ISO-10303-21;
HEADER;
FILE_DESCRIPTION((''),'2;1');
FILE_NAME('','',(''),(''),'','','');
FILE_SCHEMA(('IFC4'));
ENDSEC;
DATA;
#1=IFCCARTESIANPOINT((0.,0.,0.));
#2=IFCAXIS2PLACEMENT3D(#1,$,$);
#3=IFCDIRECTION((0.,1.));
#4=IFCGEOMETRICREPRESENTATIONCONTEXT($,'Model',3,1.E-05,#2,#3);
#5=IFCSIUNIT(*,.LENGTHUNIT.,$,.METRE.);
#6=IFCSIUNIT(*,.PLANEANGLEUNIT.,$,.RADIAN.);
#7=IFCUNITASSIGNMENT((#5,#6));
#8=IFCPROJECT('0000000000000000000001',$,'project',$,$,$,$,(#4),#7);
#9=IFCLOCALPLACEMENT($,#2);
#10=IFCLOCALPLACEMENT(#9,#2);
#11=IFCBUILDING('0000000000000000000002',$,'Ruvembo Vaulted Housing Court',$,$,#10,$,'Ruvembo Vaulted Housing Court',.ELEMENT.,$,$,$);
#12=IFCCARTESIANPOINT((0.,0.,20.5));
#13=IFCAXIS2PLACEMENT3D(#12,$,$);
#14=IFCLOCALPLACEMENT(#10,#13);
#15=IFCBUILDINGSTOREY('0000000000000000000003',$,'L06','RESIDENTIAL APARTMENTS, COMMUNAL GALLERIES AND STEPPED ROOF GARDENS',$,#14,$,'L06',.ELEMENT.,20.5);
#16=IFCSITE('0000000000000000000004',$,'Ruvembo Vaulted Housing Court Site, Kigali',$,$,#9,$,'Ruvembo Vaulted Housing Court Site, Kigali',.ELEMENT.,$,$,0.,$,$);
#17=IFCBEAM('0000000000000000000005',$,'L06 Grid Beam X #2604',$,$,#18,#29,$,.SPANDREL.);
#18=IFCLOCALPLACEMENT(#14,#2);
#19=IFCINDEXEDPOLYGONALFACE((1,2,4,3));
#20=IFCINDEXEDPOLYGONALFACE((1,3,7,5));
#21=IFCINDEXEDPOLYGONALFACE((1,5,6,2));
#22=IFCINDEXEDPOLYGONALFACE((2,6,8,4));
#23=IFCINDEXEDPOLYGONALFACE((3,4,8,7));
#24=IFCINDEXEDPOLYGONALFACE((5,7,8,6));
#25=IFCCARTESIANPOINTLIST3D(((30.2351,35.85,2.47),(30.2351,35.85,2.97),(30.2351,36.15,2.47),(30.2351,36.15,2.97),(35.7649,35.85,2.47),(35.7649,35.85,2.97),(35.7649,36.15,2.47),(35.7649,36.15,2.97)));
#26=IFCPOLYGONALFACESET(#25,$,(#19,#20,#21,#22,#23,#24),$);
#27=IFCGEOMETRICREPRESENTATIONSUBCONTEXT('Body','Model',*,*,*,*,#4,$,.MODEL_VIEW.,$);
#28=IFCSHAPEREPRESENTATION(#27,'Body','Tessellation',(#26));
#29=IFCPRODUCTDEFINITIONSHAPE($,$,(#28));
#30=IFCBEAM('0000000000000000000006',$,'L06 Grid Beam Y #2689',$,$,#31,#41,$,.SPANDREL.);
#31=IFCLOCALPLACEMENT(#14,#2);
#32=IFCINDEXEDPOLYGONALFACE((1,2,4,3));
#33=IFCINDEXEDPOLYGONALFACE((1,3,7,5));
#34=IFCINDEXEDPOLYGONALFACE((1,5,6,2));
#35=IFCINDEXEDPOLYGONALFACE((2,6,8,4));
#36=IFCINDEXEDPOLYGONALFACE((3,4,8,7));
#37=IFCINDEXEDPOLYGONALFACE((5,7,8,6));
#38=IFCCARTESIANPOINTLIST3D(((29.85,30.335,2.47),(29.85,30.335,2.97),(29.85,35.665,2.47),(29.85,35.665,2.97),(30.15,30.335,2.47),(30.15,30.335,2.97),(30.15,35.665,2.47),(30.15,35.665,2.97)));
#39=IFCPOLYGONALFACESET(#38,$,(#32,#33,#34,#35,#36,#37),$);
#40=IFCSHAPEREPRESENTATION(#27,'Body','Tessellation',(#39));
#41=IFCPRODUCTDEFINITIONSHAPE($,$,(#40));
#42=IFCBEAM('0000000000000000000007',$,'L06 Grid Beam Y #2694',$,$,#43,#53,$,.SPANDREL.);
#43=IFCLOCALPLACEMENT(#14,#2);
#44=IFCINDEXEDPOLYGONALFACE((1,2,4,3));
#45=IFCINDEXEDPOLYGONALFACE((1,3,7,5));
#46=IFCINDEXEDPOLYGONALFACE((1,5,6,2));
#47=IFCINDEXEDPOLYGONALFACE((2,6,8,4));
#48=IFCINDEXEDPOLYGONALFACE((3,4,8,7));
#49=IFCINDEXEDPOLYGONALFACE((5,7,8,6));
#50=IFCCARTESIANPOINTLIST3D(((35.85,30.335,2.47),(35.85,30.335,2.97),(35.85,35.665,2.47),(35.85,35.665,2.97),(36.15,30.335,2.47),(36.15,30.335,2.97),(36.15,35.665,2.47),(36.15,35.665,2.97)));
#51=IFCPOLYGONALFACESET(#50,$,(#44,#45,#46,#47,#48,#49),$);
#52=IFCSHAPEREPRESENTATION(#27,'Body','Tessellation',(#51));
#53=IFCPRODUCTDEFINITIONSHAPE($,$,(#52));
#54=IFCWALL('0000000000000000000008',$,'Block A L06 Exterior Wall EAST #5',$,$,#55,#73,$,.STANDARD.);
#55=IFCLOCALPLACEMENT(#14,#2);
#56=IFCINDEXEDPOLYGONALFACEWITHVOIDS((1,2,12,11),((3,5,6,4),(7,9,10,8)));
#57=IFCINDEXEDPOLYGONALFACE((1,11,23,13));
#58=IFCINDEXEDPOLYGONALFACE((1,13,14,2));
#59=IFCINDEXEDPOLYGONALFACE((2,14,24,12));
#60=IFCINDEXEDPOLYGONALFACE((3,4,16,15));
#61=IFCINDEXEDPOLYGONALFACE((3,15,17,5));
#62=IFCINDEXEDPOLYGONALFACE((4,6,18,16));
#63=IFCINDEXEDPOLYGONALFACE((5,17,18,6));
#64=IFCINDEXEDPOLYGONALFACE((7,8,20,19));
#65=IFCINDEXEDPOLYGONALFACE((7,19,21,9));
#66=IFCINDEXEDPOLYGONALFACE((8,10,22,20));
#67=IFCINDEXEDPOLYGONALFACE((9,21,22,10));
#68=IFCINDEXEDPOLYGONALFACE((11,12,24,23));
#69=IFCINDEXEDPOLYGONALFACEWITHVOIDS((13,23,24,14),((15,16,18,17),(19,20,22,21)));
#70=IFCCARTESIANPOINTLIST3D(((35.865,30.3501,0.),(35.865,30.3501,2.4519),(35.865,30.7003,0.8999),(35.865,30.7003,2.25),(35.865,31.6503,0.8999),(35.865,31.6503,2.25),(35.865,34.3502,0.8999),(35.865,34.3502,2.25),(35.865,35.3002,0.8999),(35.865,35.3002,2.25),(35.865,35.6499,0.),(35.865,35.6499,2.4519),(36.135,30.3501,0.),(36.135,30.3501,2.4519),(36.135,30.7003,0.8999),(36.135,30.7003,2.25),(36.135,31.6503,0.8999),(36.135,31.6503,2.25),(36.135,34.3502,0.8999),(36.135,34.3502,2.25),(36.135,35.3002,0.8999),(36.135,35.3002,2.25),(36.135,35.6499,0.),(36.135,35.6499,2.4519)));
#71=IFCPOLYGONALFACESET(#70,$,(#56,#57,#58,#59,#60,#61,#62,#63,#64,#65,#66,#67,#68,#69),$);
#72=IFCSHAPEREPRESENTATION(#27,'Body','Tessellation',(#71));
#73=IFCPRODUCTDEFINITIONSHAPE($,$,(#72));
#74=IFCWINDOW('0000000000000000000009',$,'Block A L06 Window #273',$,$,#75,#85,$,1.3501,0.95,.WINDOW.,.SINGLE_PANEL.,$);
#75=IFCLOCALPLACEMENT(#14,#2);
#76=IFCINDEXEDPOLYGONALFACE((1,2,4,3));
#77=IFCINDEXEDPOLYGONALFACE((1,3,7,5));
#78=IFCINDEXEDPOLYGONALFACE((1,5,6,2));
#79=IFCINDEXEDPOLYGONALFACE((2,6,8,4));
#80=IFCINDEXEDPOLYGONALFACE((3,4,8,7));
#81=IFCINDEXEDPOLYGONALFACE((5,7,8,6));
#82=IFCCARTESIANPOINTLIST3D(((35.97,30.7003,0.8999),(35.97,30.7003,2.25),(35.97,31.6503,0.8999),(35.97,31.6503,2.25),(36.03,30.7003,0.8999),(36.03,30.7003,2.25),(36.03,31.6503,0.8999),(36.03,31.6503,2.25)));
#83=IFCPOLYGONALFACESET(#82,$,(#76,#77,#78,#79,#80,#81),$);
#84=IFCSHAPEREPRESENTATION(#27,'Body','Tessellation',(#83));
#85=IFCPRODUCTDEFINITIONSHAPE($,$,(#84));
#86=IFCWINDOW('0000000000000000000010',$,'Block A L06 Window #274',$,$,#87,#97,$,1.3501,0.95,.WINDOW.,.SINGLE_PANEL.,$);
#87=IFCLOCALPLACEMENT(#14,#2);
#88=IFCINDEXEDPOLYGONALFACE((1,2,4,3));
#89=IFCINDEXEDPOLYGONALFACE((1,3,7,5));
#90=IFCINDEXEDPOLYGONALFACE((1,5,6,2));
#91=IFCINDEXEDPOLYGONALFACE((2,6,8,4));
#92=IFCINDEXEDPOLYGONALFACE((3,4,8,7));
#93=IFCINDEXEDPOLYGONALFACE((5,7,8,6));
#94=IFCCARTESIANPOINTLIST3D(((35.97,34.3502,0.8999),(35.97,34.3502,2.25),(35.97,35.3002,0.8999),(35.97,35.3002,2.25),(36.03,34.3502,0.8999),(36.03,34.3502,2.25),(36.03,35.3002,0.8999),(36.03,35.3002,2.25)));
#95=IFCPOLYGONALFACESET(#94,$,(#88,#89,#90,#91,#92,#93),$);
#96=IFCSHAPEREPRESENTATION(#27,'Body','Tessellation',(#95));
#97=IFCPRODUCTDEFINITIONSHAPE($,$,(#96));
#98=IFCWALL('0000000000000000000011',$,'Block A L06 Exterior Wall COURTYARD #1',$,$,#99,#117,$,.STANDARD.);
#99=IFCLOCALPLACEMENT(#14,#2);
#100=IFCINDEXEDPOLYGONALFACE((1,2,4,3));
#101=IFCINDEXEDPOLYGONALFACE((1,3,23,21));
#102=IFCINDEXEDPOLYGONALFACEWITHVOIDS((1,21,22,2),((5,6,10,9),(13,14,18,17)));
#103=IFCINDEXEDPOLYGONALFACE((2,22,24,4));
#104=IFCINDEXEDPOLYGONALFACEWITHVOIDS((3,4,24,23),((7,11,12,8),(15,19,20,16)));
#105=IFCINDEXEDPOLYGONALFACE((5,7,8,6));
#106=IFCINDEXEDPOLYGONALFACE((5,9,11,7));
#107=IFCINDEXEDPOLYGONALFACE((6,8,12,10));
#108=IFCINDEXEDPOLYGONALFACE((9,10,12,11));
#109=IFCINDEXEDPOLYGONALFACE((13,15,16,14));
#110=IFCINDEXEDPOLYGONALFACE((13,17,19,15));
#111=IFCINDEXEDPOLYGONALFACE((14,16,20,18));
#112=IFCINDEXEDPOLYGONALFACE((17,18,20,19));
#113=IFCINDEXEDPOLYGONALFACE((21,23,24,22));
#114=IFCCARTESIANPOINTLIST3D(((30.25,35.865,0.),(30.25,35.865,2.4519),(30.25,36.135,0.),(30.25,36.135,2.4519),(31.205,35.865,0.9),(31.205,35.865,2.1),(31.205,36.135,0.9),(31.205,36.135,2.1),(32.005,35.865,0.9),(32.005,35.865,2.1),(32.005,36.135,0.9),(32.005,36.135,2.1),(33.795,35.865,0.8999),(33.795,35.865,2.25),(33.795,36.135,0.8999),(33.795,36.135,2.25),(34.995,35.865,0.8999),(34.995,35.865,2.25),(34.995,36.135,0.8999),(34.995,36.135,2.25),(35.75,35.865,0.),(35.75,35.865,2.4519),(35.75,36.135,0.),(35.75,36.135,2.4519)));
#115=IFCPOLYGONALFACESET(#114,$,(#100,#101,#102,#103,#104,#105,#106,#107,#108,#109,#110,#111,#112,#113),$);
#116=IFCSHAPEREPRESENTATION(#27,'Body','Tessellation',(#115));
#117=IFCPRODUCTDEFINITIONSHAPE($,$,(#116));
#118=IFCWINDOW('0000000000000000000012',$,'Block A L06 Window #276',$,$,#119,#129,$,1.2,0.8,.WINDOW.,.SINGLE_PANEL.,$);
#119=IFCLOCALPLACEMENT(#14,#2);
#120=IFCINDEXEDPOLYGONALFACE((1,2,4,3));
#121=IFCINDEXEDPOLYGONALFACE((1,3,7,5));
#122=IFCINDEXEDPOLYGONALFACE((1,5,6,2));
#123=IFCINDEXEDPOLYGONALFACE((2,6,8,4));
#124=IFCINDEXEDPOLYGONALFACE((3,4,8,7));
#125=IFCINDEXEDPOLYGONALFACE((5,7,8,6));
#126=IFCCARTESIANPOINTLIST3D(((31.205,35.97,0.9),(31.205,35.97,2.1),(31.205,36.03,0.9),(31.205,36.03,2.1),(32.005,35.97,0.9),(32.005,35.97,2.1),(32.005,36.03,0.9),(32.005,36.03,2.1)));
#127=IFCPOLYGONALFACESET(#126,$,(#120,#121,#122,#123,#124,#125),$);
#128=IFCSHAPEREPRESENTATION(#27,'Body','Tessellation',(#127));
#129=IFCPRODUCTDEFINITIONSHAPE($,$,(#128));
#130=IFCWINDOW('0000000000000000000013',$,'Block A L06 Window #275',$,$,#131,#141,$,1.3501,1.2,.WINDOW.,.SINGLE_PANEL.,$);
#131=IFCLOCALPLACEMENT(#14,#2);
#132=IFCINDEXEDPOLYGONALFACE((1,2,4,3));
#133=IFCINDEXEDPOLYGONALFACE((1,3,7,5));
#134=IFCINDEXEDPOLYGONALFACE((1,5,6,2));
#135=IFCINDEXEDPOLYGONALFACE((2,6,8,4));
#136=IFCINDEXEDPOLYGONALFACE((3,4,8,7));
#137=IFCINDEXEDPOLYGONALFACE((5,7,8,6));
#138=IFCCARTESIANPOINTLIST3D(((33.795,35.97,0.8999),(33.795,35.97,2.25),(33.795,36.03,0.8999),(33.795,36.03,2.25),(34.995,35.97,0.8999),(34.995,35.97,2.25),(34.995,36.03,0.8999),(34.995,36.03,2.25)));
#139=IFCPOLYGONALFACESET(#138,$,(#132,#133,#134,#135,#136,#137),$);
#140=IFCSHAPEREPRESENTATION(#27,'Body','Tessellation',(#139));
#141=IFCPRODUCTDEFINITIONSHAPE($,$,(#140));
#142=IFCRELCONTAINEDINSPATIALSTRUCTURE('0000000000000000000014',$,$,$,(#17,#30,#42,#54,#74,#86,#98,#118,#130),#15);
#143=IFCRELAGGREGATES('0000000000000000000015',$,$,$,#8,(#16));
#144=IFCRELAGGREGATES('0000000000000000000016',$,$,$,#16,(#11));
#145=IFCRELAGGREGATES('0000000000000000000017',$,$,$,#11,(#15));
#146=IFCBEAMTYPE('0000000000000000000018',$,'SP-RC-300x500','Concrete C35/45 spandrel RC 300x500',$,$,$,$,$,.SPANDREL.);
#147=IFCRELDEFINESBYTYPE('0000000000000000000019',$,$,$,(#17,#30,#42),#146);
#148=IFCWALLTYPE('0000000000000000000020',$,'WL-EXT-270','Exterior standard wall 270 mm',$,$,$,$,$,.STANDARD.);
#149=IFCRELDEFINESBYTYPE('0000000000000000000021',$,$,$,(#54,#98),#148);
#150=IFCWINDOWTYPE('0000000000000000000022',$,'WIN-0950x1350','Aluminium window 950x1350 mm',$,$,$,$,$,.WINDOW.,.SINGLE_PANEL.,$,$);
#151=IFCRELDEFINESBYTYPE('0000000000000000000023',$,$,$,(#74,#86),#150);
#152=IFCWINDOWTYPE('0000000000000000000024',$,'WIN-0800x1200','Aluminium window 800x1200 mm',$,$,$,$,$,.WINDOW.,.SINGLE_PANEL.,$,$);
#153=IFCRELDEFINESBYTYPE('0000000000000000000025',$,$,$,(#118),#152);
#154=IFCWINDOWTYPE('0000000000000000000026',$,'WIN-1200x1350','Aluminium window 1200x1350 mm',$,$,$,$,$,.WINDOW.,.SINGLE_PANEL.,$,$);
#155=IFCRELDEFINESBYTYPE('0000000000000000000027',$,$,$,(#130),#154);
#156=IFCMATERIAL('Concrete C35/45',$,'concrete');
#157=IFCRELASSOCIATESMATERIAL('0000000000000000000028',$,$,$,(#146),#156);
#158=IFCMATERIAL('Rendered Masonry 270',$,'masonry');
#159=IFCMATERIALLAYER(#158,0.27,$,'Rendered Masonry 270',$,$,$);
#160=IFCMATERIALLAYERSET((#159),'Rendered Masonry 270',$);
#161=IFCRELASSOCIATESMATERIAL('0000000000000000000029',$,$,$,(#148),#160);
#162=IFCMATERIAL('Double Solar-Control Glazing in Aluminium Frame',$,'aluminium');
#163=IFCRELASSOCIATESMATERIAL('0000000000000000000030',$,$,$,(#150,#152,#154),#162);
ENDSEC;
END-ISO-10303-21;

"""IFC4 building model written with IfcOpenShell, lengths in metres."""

from ifc_helpers import new_model, si_unit, direction, frame, frame_2d, origin, origin_2d, place, context, subcontext, project, spatial, rectangle, extrude, material, layer, layer_set, material_profile, profile_set, type_object, element, fill, save


model = new_model("IFC4")

# Units and contexts
model_context = context("Model", 3, precision=1e-05, world=origin(), true_north=direction((0.0, 1.0)))
body_context = subcontext(model_context, "Body", "Model", "MODEL_VIEW")
ifc_project = project(units=[si_unit("LENGTHUNIT", "METRE"), si_unit("PLANEANGLEUNIT", "RADIAN")], contexts=[model_context])

# Site, building, storey
site_placement = place(None, origin())
site = spatial("IfcSite", under=ifc_project, at=site_placement, Name="Ruvembo Vaulted Housing Court Site, Kigali", LongName="Ruvembo Vaulted Housing Court Site, Kigali", CompositionType="ELEMENT", RefElevation=0.0)
building_placement = place(site_placement, origin())
building = spatial("IfcBuilding", under=site, at=building_placement, Name="Ruvembo Vaulted Housing Court", LongName="Ruvembo Vaulted Housing Court", CompositionType="ELEMENT")
storey_placement = place(building_placement, frame((0.0, 0.0, 20.5)))
storey = spatial("IfcBuildingStorey", under=building, at=storey_placement, Name="L06", Description="RESIDENTIAL APARTMENTS, COMMUNAL GALLERIES AND STEPPED ROOF GARDENS", LongName="L06", CompositionType="ELEMENT", Elevation=20.5)

# Shared definitions
ifc_material_1 = material(Name="Concrete C35/45", Category="concrete")

# Beams
ifc_material_profile_1 = material_profile(ifc_material_1, rectangle(XDim=0.3, YDim=0.5, at=origin_2d()), Name="RC 300x500")
ifc_profile_set_1 = profile_set([ifc_material_profile_1], Name="Concrete C35/45")
beam_type = type_object("IfcBeamType", Name="SP-RC-300x500", Description="Concrete C35/45 spandrel RC 300x500", PredefinedType="SPANDREL", material=ifc_profile_set_1)
beam_1_placement = place(storey_placement, frame((30.2351, 36.0, 2.72), z_axis=(1.0, 0.0, 0.0), x_axis=(0.0, 1.0, 0.0)))
element("IfcBeam", 1, at=beam_1_placement, inside=storey, type_object=beam_type, Name="L06 Grid Beam X #2604", PredefinedType="SPANDREL", context=body_context, shape_type="SweptSolid", body=[
    extrude(rectangle(XDim=0.3, YDim=0.5, at=origin_2d()), origin(), (0.0, 0.0, 1.0), 5.5298),
])
for number, where, z_axis, x_axis, name in (
    (2, (30.0, 30.335, 2.72), (0.0, 1.0, 0.0), (-1.0, 0.0, 0.0), "L06 Grid Beam Y #2689"),
    (3, (36.0, 30.335, 2.72), (0.0, 1.0, 0.0), (-1.0, 0.0, 0.0), "L06 Grid Beam Y #2694"),
):
    element("IfcBeam", number, at=place(storey_placement, frame(where, z_axis=z_axis, x_axis=x_axis)), inside=storey, type_object=beam_type, Name=name, PredefinedType="SPANDREL", context=body_context, shape_type="SweptSolid", body=[
        extrude(rectangle(XDim=0.3, YDim=0.5, at=origin_2d()), origin(), (0.0, 0.0, 1.0), 5.3301),
    ])

# Walls, openings, windows
ifc_material_2 = material(Name="Rendered Masonry 270", Category="masonry")
ifc_layer_1 = layer(ifc_material_2, 0.27, Name="Rendered Masonry 270")
ifc_layer_set_1 = layer_set([ifc_layer_1], Name="Rendered Masonry 270")
wall_type_1 = type_object("IfcWallType", Name="WL-EXT-270", Description="Exterior standard wall 270 mm", PredefinedType="STANDARD", material=ifc_layer_set_1)
wall_1_placement = place(storey_placement, frame((36.0, 30.3501, 0.0), z_axis=(0.0, 0.0, 1.0), x_axis=(0.0, 1.0, 0.0)))
wall_1 = element("IfcWall", 4, at=wall_1_placement, inside=storey, type_object=wall_type_1, Name="Block A L06 Exterior Wall EAST #5", PredefinedType="STANDARD", context=body_context, shape_type="SweptSolid", body=[
    extrude(rectangle(XDim=5.2998, YDim=0.27, at=frame_2d((2.6499, 0.0))), origin(), (0.0, 0.0, 1.0), 2.4519),
])
opening_1_placement = place(wall_1_placement, frame((0.3501, 0.0, 0.8999)))
opening_1 = element("IfcOpeningElement", 5, at=opening_1_placement, cuts=wall_1, PredefinedType="OPENING", context=body_context, shape_type="SweptSolid", body=[
    extrude(rectangle(XDim=0.95, YDim=1.3501, at=frame_2d((0.4751, 0.675))), frame((0.0, 0.145, 0.0), z_axis=(0.0, -1.0, 0.0), x_axis=(1.0, 0.0, 0.0)), (0.0, 0.0, 1.0), 0.29),
])
opening_2_placement = place(wall_1_placement, frame((4.0, 0.0, 0.8999)))
opening_2 = element("IfcOpeningElement", 6, at=opening_2_placement, cuts=wall_1, PredefinedType="OPENING", context=body_context, shape_type="SweptSolid", body=[
    extrude(rectangle(XDim=0.95, YDim=1.3501, at=frame_2d((0.4751, 0.675))), frame((0.0, 0.145, 0.0), z_axis=(0.0, -1.0, 0.0), x_axis=(1.0, 0.0, 0.0)), (0.0, 0.0, 1.0), 0.29),
])
ifc_material_3 = material(Name="Double Solar-Control Glazing in Aluminium Frame", Category="aluminium")
window_type_1 = type_object("IfcWindowType", Name="WIN-0950x1350", Description="Aluminium window 950x1350 mm", PartitioningType="SINGLE_PANEL", PredefinedType="WINDOW", material=ifc_material_3)
window_1_placement = place(opening_1_placement, origin())
window_1 = element("IfcWindow", 7, at=window_1_placement, inside=storey, type_object=window_type_1, Name="Block A L06 Window #273", OverallHeight=1.3501, OverallWidth=0.95, PartitioningType="SINGLE_PANEL", PredefinedType="WINDOW", context=body_context, shape_type="SweptSolid", body=[
    extrude(rectangle(XDim=0.95, YDim=1.3501, at=frame_2d((0.4751, 0.675))), frame((0.0, 0.03, 0.0), z_axis=(0.0, -1.0, 0.0), x_axis=(1.0, 0.0, 0.0)), (0.0, 0.0, 1.0), 0.0601),
])
fill(opening_1, window_1)
window_2_placement = place(opening_2_placement, origin())
window_2 = element("IfcWindow", 8, at=window_2_placement, inside=storey, type_object=window_type_1, Name="Block A L06 Window #274", OverallHeight=1.3501, OverallWidth=0.95, PartitioningType="SINGLE_PANEL", PredefinedType="WINDOW", context=body_context, shape_type="SweptSolid", body=[
    extrude(rectangle(XDim=0.95, YDim=1.3501, at=frame_2d((0.4751, 0.675))), frame((0.0, 0.03, 0.0), z_axis=(0.0, -1.0, 0.0), x_axis=(1.0, 0.0, 0.0)), (0.0, 0.0, 1.0), 0.0601),
])
fill(opening_2, window_2)
wall_2_placement = place(storey_placement, frame((35.75, 36.0, 0.0), z_axis=(0.0, 0.0, 1.0), x_axis=(-1.0, 0.0, 0.0)))
wall_2 = element("IfcWall", 9, at=wall_2_placement, inside=storey, type_object=wall_type_1, Name="Block A L06 Exterior Wall COURTYARD #1", PredefinedType="STANDARD", context=body_context, shape_type="SweptSolid", body=[
    extrude(rectangle(XDim=5.5, YDim=0.27, at=frame_2d((2.75, 0.0))), origin(), (0.0, 0.0, 1.0), 2.4519),
])
opening_3_placement = place(wall_2_placement, frame((0.7549, 0.0, 0.8999)))
opening_3 = element("IfcOpeningElement", 10, at=opening_3_placement, cuts=wall_2, PredefinedType="OPENING", context=body_context, shape_type="SweptSolid", body=[
    extrude(rectangle(XDim=1.2, YDim=1.3501, at=frame_2d((0.6001, 0.675))), frame((0.0, 0.145, 0.0), z_axis=(0.0, -1.0, 0.0), x_axis=(1.0, 0.0, 0.0)), (0.0, 0.0, 1.0), 0.29),
])
opening_4_placement = place(wall_2_placement, frame((3.7451, 0.0, 0.8999)))
opening_4 = element("IfcOpeningElement", 11, at=opening_4_placement, cuts=wall_2, PredefinedType="OPENING", context=body_context, shape_type="SweptSolid", body=[
    extrude(rectangle(XDim=0.8, YDim=1.2, at=frame_2d((0.3999, 0.6001))), frame((0.0, 0.145, 0.0), z_axis=(0.0, -1.0, 0.0), x_axis=(1.0, 0.0, 0.0)), (0.0, 0.0, 1.0), 0.29),
])
window_type_2 = type_object("IfcWindowType", Name="WIN-0800x1200", Description="Aluminium window 800x1200 mm", PartitioningType="SINGLE_PANEL", PredefinedType="WINDOW", material=ifc_material_3)
window_3_placement = place(opening_4_placement, origin())
window_3 = element("IfcWindow", 12, at=window_3_placement, inside=storey, type_object=window_type_2, Name="Block A L06 Window #276", OverallHeight=1.2, OverallWidth=0.8, PartitioningType="SINGLE_PANEL", PredefinedType="WINDOW", context=body_context, shape_type="SweptSolid", body=[
    extrude(rectangle(XDim=0.8, YDim=1.2, at=frame_2d((0.3999, 0.6001))), frame((0.0, 0.03, 0.0), z_axis=(0.0, -1.0, 0.0), x_axis=(1.0, 0.0, 0.0)), (0.0, 0.0, 1.0), 0.0601),
])
fill(opening_4, window_3)
window_type_3 = type_object("IfcWindowType", Name="WIN-1200x1350", Description="Aluminium window 1200x1350 mm", PartitioningType="SINGLE_PANEL", PredefinedType="WINDOW", material=ifc_material_3)
window_4_placement = place(opening_3_placement, origin())
window_4 = element("IfcWindow", 13, at=window_4_placement, inside=storey, type_object=window_type_3, Name="Block A L06 Window #275", OverallHeight=1.3501, OverallWidth=1.2, PartitioningType="SINGLE_PANEL", PredefinedType="WINDOW", context=body_context, shape_type="SweptSolid", body=[
    extrude(rectangle(XDim=1.2, YDim=1.3501, at=frame_2d((0.6001, 0.675))), frame((0.0, 0.03, 0.0), z_axis=(0.0, -1.0, 0.0), x_axis=(1.0, 0.0, 0.0)), (0.0, 0.0, 1.0), 0.0601),
])
fill(opening_3, window_4)

save(model, "model.ifc")
